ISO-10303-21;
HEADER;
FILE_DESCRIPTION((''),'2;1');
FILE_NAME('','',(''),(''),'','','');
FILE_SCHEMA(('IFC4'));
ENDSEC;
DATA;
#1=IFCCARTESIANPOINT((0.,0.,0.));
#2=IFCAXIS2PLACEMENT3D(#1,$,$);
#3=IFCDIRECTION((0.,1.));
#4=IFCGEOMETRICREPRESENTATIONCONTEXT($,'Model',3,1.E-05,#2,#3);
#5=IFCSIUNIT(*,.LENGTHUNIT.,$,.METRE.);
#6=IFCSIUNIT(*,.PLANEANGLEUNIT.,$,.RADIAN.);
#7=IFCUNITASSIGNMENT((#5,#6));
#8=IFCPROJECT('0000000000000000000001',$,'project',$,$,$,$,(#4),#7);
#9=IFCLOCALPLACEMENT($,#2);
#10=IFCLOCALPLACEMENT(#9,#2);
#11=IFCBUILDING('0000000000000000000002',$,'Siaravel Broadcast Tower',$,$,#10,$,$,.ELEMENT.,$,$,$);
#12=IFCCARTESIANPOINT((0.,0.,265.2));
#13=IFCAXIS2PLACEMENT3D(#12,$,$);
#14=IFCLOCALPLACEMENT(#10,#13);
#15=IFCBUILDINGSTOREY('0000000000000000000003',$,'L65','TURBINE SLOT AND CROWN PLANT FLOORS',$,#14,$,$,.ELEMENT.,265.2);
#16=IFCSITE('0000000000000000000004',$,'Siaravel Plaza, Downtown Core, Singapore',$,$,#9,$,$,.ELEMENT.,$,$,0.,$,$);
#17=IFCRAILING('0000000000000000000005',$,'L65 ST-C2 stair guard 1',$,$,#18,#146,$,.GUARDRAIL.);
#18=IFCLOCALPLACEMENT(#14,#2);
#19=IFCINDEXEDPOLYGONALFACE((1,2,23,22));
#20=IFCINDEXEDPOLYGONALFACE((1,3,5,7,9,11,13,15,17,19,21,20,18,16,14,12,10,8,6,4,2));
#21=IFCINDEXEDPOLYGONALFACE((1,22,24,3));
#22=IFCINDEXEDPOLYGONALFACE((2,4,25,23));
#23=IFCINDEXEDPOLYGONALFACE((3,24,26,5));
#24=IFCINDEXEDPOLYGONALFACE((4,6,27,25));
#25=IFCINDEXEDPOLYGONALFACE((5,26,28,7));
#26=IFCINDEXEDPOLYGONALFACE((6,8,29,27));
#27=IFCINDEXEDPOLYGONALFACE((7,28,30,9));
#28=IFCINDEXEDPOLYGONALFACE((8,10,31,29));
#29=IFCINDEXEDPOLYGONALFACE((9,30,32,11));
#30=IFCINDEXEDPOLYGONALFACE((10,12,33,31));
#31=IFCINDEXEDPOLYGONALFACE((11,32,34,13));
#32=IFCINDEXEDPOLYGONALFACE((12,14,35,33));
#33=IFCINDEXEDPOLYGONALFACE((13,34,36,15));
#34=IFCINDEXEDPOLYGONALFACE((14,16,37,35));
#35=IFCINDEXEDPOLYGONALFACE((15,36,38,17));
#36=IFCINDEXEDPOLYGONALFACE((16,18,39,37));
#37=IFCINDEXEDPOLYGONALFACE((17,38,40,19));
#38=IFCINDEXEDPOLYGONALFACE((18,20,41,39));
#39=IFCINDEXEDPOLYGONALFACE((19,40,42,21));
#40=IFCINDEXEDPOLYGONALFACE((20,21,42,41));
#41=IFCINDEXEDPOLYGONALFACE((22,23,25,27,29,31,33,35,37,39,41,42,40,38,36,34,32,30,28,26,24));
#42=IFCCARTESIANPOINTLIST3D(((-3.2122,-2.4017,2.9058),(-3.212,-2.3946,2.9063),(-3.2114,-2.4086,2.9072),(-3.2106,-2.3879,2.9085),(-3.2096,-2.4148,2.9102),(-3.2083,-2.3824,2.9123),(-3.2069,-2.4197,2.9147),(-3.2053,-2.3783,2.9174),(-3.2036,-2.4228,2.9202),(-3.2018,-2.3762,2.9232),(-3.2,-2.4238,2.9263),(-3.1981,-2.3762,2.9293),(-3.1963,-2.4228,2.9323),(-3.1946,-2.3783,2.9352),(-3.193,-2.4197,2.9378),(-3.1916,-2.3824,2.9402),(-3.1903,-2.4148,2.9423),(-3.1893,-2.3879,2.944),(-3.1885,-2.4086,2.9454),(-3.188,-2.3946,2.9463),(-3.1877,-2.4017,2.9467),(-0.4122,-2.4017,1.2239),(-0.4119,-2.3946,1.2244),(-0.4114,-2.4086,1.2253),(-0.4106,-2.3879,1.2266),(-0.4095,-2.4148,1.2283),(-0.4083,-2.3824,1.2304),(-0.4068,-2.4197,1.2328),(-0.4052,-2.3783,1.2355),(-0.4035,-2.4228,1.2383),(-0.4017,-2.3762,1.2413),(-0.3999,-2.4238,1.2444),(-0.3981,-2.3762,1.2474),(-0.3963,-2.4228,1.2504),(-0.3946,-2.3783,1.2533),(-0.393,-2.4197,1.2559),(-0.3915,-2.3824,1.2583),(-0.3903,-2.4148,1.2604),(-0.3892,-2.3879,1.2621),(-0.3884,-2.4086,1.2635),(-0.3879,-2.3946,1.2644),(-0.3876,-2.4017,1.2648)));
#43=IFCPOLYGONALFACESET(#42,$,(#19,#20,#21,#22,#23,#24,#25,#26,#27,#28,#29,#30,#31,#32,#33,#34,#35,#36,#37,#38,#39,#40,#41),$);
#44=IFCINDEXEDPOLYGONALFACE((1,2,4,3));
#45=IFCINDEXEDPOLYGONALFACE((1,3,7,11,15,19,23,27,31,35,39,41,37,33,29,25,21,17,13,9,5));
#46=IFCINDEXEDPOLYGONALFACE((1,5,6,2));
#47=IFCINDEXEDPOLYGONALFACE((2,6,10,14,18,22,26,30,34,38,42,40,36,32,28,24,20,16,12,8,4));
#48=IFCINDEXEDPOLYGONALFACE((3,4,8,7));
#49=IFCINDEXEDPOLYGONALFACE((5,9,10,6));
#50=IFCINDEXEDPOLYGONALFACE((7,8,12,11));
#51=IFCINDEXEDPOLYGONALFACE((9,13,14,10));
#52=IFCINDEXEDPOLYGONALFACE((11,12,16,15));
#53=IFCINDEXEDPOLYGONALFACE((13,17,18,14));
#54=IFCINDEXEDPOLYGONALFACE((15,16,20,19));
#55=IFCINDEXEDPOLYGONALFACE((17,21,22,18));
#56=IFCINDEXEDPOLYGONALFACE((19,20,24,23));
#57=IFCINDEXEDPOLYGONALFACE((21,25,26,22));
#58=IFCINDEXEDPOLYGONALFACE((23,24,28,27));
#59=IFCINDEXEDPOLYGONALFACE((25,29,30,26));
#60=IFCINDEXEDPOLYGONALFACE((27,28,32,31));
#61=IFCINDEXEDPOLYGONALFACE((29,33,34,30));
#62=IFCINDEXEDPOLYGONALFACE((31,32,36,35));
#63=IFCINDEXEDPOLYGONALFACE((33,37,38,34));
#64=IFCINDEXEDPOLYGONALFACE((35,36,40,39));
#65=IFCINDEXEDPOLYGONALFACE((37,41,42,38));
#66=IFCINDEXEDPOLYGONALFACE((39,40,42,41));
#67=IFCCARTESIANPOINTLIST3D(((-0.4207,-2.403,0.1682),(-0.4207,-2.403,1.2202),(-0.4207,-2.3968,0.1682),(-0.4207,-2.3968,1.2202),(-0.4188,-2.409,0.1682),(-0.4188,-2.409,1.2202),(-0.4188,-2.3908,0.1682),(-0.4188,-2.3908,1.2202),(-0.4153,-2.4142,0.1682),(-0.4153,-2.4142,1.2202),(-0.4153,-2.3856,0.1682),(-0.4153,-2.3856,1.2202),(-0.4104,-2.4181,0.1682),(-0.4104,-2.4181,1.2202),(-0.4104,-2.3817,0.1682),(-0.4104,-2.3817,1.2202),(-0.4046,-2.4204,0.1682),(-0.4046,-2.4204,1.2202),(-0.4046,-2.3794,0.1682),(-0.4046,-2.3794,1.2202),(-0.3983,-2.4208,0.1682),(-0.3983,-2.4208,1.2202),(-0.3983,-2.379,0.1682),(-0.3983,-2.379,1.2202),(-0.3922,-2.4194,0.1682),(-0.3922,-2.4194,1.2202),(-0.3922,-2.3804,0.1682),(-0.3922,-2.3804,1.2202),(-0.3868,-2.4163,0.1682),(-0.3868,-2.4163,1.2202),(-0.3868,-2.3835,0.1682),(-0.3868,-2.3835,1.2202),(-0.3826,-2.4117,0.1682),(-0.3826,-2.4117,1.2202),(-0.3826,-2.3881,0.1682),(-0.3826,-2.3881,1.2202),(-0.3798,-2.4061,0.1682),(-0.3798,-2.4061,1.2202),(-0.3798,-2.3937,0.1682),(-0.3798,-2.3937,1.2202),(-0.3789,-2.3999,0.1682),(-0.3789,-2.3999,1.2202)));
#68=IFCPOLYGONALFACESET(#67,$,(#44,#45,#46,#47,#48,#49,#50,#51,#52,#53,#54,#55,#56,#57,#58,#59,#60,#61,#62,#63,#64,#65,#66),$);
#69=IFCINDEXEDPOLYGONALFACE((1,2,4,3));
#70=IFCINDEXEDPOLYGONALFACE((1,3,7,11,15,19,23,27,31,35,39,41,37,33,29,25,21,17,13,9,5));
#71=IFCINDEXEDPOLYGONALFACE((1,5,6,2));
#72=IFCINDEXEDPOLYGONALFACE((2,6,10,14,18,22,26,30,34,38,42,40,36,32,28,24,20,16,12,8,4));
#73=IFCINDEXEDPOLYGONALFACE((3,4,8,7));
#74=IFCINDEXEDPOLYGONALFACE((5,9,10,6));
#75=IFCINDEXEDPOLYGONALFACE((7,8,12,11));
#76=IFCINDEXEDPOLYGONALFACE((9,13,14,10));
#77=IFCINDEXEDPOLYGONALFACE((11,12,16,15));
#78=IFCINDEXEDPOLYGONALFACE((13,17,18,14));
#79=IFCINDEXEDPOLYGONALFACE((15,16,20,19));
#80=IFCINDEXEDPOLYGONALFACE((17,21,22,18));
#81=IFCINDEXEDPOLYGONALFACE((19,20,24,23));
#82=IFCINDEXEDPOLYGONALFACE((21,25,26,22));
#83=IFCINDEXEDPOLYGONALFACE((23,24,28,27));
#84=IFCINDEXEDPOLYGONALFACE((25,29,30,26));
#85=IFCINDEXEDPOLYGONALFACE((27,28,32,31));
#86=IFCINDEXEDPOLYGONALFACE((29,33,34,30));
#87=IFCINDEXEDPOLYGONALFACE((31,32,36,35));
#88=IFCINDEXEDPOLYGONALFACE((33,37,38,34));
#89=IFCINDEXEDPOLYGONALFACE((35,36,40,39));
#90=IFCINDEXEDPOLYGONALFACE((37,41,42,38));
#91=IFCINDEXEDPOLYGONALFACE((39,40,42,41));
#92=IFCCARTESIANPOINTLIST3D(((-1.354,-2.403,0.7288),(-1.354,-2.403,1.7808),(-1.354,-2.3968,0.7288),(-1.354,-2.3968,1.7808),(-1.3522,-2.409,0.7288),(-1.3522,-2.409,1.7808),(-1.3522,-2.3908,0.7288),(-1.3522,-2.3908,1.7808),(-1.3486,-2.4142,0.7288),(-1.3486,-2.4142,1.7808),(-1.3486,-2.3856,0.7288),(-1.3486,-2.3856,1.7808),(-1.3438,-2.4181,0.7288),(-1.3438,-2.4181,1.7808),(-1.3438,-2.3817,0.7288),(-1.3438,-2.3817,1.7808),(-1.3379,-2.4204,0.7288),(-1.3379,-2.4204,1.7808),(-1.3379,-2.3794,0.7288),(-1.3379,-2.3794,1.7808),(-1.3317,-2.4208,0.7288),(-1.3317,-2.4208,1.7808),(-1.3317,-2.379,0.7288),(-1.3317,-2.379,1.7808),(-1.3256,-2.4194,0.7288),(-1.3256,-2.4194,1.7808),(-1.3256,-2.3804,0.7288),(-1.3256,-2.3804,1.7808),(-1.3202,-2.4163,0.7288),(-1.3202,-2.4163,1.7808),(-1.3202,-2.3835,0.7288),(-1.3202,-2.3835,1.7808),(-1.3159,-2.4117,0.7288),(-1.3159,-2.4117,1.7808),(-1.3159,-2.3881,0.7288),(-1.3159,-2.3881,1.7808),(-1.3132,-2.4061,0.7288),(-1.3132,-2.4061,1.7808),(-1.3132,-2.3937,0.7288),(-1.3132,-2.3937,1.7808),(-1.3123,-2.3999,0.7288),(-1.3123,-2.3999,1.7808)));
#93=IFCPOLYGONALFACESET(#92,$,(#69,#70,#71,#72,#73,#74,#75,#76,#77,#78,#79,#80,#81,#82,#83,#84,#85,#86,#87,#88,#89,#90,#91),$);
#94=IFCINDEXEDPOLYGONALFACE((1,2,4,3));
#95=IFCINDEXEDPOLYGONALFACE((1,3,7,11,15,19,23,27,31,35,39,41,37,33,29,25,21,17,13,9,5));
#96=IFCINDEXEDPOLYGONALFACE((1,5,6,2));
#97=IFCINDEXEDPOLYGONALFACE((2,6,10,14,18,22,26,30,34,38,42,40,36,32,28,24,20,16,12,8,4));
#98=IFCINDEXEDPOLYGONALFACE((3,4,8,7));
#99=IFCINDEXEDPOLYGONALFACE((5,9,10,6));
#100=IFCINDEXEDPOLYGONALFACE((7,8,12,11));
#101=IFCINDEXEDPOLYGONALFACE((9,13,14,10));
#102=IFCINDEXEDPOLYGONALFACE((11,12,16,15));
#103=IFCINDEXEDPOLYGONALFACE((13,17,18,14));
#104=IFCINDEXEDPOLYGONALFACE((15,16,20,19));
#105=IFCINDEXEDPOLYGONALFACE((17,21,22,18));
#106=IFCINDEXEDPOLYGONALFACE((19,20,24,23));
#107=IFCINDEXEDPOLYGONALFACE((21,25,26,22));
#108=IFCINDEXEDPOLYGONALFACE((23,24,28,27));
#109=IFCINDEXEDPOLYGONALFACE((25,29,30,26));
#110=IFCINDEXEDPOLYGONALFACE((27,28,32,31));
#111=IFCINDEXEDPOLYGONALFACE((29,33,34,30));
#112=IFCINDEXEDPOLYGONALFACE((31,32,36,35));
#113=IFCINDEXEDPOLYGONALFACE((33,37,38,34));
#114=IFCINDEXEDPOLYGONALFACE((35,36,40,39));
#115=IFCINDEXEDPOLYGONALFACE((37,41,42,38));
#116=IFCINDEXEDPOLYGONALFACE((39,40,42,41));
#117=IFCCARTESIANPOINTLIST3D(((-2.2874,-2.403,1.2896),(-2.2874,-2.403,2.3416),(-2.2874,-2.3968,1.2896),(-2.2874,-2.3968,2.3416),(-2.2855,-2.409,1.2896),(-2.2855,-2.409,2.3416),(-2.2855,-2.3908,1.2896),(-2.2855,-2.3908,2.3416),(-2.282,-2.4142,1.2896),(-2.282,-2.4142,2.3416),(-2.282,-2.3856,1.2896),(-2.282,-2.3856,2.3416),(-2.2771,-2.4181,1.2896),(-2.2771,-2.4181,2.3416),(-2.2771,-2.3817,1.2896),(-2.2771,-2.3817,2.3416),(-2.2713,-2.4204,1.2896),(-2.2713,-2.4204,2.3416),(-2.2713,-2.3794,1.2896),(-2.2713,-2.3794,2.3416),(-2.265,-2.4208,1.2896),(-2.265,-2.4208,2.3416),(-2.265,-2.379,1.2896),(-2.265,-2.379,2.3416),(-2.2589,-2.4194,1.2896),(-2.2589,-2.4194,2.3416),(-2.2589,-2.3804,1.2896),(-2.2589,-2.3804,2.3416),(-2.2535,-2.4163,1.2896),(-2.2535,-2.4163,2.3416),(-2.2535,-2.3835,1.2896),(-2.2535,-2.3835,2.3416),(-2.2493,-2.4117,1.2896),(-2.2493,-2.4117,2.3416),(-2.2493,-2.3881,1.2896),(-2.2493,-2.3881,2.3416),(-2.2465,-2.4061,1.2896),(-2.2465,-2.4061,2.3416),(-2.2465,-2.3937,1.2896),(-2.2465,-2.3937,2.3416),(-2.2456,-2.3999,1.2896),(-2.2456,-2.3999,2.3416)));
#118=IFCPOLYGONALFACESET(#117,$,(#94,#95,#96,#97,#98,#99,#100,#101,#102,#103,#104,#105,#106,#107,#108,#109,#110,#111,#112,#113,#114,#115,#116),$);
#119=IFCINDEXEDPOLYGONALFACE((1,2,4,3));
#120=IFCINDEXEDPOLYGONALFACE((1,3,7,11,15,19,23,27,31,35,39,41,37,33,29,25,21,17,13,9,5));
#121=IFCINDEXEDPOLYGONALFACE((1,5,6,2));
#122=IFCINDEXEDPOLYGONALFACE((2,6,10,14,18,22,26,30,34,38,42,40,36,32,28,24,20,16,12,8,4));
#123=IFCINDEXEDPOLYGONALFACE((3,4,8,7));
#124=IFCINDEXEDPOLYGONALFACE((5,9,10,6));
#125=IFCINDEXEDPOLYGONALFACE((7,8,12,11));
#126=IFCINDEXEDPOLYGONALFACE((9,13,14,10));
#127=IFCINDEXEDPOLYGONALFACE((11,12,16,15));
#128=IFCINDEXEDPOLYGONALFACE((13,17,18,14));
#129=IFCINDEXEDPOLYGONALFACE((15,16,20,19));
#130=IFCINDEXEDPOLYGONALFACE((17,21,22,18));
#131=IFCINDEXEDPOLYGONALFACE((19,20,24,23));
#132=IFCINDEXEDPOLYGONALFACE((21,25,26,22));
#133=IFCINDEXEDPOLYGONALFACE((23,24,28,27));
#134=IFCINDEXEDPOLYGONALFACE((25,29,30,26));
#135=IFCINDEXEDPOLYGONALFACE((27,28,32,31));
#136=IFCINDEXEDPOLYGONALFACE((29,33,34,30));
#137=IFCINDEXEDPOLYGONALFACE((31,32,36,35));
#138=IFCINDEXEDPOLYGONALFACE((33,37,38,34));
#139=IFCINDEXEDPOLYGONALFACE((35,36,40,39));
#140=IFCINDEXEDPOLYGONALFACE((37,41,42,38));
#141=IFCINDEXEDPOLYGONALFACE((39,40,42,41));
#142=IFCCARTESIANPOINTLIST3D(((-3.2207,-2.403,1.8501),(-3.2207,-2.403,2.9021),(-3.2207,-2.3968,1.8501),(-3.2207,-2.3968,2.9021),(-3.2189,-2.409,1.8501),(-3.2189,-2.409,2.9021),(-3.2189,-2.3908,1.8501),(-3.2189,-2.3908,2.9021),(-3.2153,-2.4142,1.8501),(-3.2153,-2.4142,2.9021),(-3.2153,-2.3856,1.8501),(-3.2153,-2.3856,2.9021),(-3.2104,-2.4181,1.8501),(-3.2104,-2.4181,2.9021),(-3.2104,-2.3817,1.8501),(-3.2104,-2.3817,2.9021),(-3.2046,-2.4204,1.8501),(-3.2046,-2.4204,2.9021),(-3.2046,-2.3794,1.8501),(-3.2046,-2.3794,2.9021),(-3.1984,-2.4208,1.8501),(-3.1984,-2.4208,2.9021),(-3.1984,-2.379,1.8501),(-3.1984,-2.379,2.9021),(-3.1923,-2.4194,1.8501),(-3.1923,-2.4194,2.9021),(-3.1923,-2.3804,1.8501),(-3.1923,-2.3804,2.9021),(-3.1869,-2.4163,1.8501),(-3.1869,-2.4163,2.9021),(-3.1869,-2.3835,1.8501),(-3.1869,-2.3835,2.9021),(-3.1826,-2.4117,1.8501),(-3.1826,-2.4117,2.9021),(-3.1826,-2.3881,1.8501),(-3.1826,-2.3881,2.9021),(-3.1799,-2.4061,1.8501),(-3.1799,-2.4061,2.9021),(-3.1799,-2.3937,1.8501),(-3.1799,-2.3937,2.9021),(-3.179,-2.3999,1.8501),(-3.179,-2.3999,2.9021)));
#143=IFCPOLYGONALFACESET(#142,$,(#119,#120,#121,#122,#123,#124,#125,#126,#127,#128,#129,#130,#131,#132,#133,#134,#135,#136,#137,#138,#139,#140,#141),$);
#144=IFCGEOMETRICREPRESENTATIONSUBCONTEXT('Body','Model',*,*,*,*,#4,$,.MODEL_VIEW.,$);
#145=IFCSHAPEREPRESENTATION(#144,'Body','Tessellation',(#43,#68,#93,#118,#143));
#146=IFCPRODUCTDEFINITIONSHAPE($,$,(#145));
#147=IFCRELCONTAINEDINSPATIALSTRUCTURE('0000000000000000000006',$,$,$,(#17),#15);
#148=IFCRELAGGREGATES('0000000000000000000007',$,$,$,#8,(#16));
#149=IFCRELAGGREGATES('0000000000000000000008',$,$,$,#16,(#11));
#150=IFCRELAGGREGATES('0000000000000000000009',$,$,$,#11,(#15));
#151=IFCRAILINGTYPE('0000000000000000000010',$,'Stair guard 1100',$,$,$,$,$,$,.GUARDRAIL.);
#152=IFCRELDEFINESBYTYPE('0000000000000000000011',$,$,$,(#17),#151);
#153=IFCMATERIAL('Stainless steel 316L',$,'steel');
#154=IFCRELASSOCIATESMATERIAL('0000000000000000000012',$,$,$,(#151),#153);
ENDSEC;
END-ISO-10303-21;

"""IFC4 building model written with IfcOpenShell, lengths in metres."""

from ifc_helpers import new_model, si_unit, direction, frame, origin, origin_2d, place, context, subcontext, project, spatial, circle, extrude, material, type_object, element, save


model = new_model("IFC4")

# Units and contexts
model_context = context("Model", 3, precision=1e-05, world=origin(), true_north=direction((0.0, 1.0)))
body_context = subcontext(model_context, "Body", "Model", "MODEL_VIEW")
ifc_project = project(units=[si_unit("LENGTHUNIT", "METRE"), si_unit("PLANEANGLEUNIT", "RADIAN")], contexts=[model_context])

# Site, building, storey
site_placement = place(None, origin())
site = spatial("IfcSite", under=ifc_project, at=site_placement, Name="Siaravel Plaza, Downtown Core, Singapore", CompositionType="ELEMENT", RefElevation=0.0)
building_placement = place(site_placement, origin())
building = spatial("IfcBuilding", under=site, at=building_placement, Name="Siaravel Broadcast Tower", CompositionType="ELEMENT")
storey_placement = place(building_placement, frame((0.0, 0.0, 265.2)))
storey = spatial("IfcBuildingStorey", under=building, at=storey_placement, Name="L65", Description="TURBINE SLOT AND CROWN PLANT FLOORS", CompositionType="ELEMENT", Elevation=265.2)

# Railing
ifc_material_1 = material(Name="Stainless steel 316L", Category="steel")
railing_type_1 = type_object("IfcRailingType", Name="Stair guard 1100", PredefinedType="GUARDRAIL", material=ifc_material_1)
railing_1_placement = place(storey_placement, frame((-0.3999, -2.3999, 0.1682)))
element("IfcRailing", 1, at=railing_1_placement, inside=storey, type_object=railing_type_1, Name="L65 ST-C2 stair guard 1", PredefinedType="GUARDRAIL", context=body_context, shape_type="SweptSolid", body=[
    extrude(circle(Radius=0.0239, at=origin_2d()), frame((0.0, 0.0, 1.0762), z_axis=(-0.857242, 0.0, 0.514913), x_axis=(0.0, -1.0, 0.0)), (0.0, 0.0, 1.0), 3.2664),
    extrude(circle(Radius=0.021, at=origin_2d()), origin(), (0.0, 0.0, 1.0), 1.052),
    extrude(circle(Radius=0.021, at=origin_2d()), frame((-0.9333, 0.0, 0.5605)), (0.0, 0.0, 1.0), 1.052),
    extrude(circle(Radius=0.021, at=origin_2d()), frame((-1.8667, 0.0, 1.1213)), (0.0, 0.0, 1.0), 1.052),
    extrude(circle(Radius=0.021, at=origin_2d()), frame((-2.8, 0.0, 1.6819)), (0.0, 0.0, 1.0), 1.052),
])

save(model, "model.ifc")
